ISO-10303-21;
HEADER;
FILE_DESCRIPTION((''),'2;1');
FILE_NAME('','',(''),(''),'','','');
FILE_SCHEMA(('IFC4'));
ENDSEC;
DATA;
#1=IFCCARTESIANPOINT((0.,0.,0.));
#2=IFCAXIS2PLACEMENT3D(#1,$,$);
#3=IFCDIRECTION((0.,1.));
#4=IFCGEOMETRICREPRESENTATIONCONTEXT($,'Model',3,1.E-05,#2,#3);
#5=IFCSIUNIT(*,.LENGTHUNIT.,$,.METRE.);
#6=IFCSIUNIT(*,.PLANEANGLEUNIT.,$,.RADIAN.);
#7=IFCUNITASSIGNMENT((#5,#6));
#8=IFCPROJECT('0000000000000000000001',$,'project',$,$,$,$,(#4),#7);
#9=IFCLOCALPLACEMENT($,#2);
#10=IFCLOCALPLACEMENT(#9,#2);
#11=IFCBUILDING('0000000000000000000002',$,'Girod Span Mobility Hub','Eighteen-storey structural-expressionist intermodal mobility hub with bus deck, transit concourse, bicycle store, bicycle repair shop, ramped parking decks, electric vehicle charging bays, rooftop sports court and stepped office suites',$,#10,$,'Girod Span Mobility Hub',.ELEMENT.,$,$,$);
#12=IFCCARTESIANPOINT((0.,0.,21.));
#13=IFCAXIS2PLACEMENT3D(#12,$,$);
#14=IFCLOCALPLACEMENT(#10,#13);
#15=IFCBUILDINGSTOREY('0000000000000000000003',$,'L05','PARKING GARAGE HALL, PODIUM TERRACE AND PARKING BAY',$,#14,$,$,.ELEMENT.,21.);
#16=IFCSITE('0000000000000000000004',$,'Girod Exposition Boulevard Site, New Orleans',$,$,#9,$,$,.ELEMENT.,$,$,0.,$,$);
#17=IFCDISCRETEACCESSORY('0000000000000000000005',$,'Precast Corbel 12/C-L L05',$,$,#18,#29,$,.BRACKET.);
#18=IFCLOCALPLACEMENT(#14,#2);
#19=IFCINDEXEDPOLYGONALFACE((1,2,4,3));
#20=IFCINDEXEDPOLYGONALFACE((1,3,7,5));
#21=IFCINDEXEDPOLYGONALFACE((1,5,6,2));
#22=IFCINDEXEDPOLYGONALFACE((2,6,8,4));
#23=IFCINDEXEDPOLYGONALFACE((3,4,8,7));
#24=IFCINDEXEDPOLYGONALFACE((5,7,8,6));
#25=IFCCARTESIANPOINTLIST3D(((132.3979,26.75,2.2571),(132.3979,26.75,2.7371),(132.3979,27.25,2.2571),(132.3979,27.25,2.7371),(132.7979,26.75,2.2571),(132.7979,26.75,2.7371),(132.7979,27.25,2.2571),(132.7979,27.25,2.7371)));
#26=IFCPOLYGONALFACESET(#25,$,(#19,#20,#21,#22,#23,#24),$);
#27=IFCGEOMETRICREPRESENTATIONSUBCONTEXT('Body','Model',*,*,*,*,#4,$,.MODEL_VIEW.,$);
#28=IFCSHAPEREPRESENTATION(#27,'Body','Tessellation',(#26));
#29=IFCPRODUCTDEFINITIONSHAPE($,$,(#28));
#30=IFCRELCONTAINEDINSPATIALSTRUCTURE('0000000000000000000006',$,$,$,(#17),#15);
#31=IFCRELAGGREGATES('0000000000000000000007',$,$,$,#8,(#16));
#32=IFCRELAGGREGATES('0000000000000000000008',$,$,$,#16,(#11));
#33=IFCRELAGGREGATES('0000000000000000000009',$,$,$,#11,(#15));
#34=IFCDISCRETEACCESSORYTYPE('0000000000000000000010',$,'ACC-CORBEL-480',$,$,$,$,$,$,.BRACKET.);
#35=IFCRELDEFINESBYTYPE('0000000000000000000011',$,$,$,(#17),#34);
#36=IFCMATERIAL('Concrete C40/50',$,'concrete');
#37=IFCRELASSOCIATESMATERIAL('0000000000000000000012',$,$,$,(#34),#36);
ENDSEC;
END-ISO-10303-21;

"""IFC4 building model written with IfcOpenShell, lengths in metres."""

from ifc_helpers import new_model, si_unit, direction, frame, origin, origin_2d, place, context, subcontext, project, spatial, rectangle, extrude, material, type_object, element, save


model = new_model("IFC4")

# Units and contexts
model_context = context("Model", 3, precision=1e-05, world=origin(), true_north=direction((0.0, 1.0)))
body_context = subcontext(model_context, "Body", "Model", "MODEL_VIEW")
ifc_project = project(units=[si_unit("LENGTHUNIT", "METRE"), si_unit("PLANEANGLEUNIT", "RADIAN")], contexts=[model_context])

# Site, building, storey
site_placement = place(None, origin())
site = spatial("IfcSite", under=ifc_project, at=site_placement, Name="Girod Exposition Boulevard Site, New Orleans", CompositionType="ELEMENT", RefElevation=0.0)
building_placement = place(site_placement, origin())
building = spatial("IfcBuilding", under=site, at=building_placement, Name="Girod Span Mobility Hub", Description="Eighteen-storey structural-expressionist intermodal mobility hub with bus deck, transit concourse, bicycle store, bicycle repair shop, ramped parking decks, electric vehicle charging bays, rooftop sports court and stepped office suites", LongName="Girod Span Mobility Hub", CompositionType="ELEMENT")
storey_placement = place(building_placement, frame((0.0, 0.0, 21.0)))
storey = spatial("IfcBuildingStorey", under=building, at=storey_placement, Name="L05", Description="PARKING GARAGE HALL, PODIUM TERRACE AND PARKING BAY", CompositionType="ELEMENT", Elevation=21.0)

# Discrete accessory
ifc_material_1 = material(Name="Concrete C40/50", Category="concrete")
discrete_accessory_type = type_object("IfcDiscreteAccessoryType", Name="ACC-CORBEL-480", PredefinedType="BRACKET", material=ifc_material_1)
for number, where, z_axis, x_axis, name in (
    (1, (132.5979, 27.0, 2.2571), (0.0, 0.0, 1.0), (1.0, 0.0, 0.0), "Precast Corbel 12/C-L L05"),
):
    element("IfcDiscreteAccessory", number, at=place(storey_placement, frame(where, z_axis=z_axis, x_axis=x_axis)), inside=storey, type_object=discrete_accessory_type, Name=name, PredefinedType="BRACKET", context=body_context, shape_type="SweptSolid", body=[
        extrude(rectangle(XDim=0.3999, YDim=0.5, at=origin_2d()), origin(), (0.0, 0.0, 1.0), 0.48),
    ])

save(model, "model.ifc")
